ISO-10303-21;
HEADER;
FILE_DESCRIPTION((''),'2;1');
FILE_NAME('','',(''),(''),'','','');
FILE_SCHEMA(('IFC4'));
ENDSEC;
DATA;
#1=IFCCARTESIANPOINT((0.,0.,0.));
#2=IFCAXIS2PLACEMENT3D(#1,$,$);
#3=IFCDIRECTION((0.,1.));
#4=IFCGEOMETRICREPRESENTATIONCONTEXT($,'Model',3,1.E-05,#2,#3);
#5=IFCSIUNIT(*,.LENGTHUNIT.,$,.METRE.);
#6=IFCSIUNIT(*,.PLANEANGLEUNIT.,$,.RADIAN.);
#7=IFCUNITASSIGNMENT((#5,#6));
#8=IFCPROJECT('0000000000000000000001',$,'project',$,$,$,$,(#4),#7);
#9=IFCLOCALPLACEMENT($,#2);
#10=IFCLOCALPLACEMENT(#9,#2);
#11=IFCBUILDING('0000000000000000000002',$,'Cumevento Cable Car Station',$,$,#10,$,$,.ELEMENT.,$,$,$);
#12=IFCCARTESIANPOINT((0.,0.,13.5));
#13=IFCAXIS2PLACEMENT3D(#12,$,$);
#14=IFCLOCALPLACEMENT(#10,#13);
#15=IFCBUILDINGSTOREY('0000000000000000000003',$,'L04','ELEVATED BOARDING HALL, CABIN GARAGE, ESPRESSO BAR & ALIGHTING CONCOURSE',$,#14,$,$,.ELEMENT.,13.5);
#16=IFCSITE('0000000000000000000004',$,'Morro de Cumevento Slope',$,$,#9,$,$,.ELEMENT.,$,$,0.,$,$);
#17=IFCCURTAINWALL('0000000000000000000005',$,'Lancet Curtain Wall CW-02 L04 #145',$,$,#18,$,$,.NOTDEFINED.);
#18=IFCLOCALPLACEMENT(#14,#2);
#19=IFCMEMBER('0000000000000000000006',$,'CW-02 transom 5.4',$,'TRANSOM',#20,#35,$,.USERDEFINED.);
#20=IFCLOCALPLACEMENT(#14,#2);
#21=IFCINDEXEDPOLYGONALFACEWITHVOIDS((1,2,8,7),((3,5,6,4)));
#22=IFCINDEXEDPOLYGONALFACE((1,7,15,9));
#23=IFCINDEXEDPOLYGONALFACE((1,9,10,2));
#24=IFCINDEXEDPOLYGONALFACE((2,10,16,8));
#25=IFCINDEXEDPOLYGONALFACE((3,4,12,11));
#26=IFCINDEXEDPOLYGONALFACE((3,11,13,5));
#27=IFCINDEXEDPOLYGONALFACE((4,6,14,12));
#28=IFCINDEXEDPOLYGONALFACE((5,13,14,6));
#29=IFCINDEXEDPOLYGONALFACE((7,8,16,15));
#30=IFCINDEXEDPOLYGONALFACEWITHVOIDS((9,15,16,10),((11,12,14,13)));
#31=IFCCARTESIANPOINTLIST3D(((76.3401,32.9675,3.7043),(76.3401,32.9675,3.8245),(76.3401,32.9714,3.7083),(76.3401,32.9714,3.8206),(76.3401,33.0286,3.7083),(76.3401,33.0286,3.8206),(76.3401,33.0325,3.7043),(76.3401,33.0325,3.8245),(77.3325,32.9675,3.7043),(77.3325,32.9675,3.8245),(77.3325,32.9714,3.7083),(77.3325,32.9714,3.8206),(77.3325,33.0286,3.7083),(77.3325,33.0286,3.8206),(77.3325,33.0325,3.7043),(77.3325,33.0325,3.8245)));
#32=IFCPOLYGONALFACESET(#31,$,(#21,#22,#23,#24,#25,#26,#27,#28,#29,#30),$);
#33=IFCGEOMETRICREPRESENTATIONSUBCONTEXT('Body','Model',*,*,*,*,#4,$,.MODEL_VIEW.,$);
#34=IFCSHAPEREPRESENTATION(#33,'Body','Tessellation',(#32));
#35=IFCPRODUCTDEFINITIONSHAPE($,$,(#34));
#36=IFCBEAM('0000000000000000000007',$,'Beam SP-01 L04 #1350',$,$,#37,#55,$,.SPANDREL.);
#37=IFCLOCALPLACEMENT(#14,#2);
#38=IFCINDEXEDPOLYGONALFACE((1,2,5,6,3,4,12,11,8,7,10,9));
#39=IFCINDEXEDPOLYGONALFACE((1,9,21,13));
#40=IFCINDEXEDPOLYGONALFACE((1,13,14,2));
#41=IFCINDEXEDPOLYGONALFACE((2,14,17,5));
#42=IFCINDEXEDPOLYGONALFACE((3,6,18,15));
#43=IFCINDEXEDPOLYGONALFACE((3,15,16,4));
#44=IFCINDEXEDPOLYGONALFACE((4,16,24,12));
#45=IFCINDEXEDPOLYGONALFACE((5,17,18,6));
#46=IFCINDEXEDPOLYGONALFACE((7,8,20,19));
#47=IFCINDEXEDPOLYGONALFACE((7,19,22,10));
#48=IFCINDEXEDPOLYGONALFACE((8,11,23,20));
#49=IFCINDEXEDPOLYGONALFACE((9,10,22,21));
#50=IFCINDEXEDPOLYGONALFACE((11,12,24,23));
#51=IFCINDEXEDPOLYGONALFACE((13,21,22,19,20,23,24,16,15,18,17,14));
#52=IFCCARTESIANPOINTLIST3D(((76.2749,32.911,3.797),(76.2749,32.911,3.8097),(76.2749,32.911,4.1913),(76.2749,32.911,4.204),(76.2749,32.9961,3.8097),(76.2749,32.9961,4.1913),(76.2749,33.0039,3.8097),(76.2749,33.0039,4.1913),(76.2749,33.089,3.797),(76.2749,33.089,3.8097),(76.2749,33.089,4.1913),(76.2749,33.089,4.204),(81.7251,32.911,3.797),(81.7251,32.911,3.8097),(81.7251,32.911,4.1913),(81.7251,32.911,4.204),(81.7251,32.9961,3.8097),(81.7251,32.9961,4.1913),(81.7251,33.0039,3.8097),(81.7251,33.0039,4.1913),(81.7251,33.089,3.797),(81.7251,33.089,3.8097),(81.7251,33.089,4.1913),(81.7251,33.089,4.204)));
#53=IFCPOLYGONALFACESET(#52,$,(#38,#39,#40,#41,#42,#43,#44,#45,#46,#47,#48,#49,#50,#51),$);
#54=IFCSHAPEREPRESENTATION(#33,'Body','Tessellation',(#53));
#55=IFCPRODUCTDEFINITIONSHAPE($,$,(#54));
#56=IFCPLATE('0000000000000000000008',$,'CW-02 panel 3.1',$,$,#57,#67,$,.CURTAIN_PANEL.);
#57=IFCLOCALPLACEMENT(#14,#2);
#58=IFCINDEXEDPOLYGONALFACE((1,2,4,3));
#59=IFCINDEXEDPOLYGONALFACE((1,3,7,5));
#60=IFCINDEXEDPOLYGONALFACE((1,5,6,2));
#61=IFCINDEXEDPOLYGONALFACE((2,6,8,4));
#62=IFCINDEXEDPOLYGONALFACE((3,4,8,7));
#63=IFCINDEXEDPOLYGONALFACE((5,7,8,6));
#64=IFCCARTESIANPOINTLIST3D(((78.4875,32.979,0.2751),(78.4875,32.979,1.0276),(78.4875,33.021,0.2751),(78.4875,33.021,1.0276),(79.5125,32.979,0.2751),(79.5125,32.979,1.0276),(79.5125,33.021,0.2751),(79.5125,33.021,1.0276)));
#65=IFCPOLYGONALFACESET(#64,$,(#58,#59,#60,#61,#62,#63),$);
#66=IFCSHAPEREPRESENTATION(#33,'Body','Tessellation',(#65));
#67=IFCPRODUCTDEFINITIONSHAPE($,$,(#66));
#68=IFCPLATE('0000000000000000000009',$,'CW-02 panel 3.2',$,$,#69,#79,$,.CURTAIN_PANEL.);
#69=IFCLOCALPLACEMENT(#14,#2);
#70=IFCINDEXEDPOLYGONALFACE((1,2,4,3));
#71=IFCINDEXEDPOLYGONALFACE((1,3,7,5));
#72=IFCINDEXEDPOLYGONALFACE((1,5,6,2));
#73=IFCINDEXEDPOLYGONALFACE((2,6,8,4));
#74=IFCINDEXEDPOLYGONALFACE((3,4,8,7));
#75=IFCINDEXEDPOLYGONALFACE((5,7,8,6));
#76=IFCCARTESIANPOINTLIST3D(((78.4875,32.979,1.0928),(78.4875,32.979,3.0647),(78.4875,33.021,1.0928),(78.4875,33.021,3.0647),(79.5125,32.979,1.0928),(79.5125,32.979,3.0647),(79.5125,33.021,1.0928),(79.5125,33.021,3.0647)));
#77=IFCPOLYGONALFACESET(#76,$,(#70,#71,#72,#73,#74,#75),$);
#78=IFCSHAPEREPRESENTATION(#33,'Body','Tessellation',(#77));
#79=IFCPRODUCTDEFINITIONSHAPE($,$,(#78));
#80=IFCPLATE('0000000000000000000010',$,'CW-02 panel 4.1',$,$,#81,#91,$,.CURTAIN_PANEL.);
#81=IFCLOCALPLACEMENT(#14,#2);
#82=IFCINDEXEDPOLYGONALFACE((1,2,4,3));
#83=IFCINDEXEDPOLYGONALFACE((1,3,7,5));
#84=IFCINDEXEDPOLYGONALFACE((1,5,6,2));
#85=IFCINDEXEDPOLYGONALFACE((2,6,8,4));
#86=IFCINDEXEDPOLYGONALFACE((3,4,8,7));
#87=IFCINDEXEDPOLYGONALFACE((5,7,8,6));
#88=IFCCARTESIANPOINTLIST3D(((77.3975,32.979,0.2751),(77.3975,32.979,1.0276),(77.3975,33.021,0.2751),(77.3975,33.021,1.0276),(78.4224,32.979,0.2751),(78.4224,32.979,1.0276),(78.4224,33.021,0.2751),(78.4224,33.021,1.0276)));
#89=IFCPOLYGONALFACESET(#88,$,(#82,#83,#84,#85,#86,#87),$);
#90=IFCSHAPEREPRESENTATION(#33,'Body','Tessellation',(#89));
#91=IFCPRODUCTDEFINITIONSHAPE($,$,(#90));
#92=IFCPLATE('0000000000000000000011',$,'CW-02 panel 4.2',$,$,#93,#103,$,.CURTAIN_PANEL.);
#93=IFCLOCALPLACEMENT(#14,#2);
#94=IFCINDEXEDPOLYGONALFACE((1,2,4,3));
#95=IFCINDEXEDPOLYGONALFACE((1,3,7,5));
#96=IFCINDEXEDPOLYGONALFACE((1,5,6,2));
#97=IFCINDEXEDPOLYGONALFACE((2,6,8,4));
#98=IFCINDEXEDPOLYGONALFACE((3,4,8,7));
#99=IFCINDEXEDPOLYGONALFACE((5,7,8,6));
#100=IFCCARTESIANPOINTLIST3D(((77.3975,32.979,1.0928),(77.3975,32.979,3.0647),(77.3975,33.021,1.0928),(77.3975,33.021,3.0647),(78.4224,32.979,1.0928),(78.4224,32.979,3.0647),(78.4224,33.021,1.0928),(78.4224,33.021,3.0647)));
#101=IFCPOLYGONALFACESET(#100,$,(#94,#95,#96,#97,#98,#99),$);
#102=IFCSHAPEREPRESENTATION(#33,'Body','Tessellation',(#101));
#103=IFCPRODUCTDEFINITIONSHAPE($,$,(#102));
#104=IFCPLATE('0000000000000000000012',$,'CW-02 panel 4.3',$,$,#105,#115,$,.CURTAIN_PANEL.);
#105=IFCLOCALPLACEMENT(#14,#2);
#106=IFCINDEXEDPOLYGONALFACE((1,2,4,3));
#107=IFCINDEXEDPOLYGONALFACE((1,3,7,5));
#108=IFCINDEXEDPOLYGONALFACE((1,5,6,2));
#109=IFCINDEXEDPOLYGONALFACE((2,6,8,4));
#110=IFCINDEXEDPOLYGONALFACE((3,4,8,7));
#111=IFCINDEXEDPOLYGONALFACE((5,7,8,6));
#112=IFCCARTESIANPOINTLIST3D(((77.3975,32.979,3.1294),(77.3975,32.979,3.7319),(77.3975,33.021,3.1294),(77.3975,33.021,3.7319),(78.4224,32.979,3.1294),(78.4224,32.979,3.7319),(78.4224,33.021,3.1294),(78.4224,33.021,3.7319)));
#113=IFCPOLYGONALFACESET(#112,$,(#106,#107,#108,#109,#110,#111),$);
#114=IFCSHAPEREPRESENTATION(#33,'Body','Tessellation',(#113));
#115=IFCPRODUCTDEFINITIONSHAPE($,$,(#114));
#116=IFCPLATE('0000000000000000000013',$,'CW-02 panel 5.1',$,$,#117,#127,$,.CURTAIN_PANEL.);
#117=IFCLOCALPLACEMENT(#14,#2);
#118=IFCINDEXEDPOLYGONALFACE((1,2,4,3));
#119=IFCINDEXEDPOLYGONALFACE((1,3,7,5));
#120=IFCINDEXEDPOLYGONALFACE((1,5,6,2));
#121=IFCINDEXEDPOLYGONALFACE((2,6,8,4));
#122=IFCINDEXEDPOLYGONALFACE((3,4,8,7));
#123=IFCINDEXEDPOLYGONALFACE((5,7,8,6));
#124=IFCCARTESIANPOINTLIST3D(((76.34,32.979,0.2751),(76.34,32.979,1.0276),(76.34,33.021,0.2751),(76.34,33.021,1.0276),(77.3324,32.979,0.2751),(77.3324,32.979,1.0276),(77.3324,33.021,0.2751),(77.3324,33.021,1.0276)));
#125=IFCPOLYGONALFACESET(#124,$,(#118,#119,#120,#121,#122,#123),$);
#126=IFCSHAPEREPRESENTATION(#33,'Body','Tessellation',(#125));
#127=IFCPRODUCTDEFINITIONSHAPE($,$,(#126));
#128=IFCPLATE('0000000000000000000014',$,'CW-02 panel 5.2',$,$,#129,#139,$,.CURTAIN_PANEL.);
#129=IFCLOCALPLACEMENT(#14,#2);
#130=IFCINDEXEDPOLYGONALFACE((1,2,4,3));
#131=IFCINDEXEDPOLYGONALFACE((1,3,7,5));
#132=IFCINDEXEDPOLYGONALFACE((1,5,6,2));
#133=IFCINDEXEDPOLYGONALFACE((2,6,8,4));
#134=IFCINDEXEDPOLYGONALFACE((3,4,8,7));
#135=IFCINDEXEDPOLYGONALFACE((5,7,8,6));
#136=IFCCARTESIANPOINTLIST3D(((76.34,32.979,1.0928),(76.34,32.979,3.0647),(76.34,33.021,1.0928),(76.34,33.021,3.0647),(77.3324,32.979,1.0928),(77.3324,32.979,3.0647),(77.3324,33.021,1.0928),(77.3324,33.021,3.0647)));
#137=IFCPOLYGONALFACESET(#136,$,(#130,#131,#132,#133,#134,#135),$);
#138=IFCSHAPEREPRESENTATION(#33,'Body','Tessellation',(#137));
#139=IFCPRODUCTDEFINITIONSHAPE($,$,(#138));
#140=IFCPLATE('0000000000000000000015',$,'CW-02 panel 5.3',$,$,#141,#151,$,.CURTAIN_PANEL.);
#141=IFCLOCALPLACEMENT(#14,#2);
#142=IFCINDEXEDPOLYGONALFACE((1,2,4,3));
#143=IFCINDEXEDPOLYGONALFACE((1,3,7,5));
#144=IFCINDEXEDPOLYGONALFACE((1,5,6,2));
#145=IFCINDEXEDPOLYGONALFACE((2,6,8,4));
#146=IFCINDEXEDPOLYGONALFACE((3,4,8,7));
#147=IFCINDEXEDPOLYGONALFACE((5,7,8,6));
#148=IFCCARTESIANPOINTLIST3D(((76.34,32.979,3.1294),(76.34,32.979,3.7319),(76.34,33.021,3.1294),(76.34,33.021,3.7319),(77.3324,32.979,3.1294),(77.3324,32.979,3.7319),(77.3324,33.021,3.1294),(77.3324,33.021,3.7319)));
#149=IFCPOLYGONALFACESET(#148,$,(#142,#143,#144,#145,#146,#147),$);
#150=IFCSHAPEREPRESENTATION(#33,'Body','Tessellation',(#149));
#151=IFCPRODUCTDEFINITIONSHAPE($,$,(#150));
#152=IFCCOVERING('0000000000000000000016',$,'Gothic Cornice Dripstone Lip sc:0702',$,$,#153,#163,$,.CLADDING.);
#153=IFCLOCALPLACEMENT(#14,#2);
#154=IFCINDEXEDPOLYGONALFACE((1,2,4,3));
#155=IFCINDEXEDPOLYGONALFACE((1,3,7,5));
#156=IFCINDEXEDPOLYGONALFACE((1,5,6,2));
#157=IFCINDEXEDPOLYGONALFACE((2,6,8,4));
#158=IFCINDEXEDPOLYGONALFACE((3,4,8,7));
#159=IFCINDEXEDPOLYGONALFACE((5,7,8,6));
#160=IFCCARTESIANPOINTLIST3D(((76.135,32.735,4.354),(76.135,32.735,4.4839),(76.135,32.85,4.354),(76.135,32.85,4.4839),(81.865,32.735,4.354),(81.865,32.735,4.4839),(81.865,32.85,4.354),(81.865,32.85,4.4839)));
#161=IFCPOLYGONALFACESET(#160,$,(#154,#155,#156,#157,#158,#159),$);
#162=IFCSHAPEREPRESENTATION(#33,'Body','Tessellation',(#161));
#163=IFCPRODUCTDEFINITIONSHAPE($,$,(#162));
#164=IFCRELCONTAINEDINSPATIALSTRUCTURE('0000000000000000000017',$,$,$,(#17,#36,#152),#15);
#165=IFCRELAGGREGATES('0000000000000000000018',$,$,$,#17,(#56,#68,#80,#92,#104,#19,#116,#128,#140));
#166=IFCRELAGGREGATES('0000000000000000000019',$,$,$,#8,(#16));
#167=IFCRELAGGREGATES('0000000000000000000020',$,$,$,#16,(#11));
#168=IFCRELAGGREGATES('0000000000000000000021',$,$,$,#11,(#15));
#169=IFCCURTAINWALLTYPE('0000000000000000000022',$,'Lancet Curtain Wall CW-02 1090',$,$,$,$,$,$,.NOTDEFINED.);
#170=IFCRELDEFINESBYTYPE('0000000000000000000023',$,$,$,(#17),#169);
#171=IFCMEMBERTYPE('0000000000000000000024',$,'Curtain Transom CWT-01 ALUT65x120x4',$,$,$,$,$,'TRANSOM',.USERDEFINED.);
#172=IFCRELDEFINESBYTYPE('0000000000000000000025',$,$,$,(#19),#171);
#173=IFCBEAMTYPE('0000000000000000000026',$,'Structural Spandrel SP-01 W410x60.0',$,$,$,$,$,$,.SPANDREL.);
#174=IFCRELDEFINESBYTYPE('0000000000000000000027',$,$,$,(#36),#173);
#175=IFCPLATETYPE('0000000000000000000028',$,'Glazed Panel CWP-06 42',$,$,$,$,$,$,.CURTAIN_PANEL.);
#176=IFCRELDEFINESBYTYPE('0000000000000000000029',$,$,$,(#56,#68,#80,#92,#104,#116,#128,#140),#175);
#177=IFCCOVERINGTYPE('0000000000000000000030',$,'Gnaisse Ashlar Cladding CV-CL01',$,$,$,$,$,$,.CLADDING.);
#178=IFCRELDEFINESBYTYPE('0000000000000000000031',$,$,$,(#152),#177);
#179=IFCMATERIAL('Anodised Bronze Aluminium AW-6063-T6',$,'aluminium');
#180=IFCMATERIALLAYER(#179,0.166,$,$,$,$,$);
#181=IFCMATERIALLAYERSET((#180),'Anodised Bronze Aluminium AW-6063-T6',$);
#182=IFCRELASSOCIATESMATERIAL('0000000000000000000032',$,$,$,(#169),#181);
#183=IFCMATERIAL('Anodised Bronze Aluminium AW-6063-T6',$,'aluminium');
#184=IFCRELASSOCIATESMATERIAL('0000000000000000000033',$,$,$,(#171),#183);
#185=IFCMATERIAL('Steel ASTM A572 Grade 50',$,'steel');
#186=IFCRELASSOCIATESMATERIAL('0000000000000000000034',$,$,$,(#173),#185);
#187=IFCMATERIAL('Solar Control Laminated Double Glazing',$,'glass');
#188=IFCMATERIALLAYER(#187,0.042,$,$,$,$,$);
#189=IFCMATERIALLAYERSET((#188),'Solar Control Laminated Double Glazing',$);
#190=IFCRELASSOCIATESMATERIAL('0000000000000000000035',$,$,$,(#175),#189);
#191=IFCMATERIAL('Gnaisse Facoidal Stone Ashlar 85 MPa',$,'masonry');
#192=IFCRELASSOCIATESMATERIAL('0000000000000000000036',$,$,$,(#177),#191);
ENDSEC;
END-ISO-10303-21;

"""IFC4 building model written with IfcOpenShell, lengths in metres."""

from ifc_helpers import new_model, si_unit, direction, frame, origin, origin_2d, place, context, subcontext, project, spatial, rectangle, hollow_rectangle, i_section, extrude, material, layer, layer_set, material_profile, profile_set, type_object, element, aggregate, save


model = new_model("IFC4")

# Units and contexts
model_context = context("Model", 3, precision=1e-05, world=origin(), true_north=direction((0.0, 1.0)))
body_context = subcontext(model_context, "Body", "Model", "MODEL_VIEW")
ifc_project = project(units=[si_unit("LENGTHUNIT", "METRE"), si_unit("PLANEANGLEUNIT", "RADIAN")], contexts=[model_context])

# Site, building, storey
site_placement = place(None, origin())
site = spatial("IfcSite", under=ifc_project, at=site_placement, Name="Morro de Cumevento Slope", CompositionType="ELEMENT", RefElevation=0.0)
building_placement = place(site_placement, origin())
building = spatial("IfcBuilding", under=site, at=building_placement, Name="Cumevento Cable Car Station", CompositionType="ELEMENT")
storey_placement = place(building_placement, frame((0.0, 0.0, 13.5)))
storey = spatial("IfcBuildingStorey", under=building, at=storey_placement, Name="L04", Description="ELEVATED BOARDING HALL, CABIN GARAGE, ESPRESSO BAR & ALIGHTING CONCOURSE", CompositionType="ELEMENT", Elevation=13.5)

# Curtain wall, member
ifc_material_1 = material(Name="Anodised Bronze Aluminium AW-6063-T6", Category="aluminium")
ifc_layer_1 = layer(ifc_material_1, 0.166)
ifc_layer_set_1 = layer_set([ifc_layer_1], Name="Anodised Bronze Aluminium AW-6063-T6")
curtain_wall_type = type_object("IfcCurtainWallType", Name="Lancet Curtain Wall CW-02 1090", PredefinedType="NOTDEFINED", material=ifc_layer_set_1)
curtain_wall_placement = place(storey_placement, origin())
curtain_wall = element("IfcCurtainWall", 1, at=curtain_wall_placement, inside=storey, type_object=curtain_wall_type, Name="Lancet Curtain Wall CW-02 L04 #145", PredefinedType="NOTDEFINED")
ifc_material_2 = material(Name="Anodised Bronze Aluminium AW-6063-T6", Category="aluminium")
ifc_material_profile_1 = material_profile(ifc_material_2, hollow_rectangle(XDim=0.0649, YDim=0.1201, WallThickness=0.0039, at=origin_2d()), Name="ALUT65x120x4")
ifc_profile_set_1 = profile_set([ifc_material_profile_1], Name="Anodised Bronze Aluminium AW-6063-T6")
member_type_1 = type_object("IfcMemberType", Name="Curtain Transom CWT-01 ALUT65x120x4", ElementType="TRANSOM", PredefinedType="USERDEFINED", material=ifc_profile_set_1)
member_1_placement = place(storey_placement, frame((77.3325, 33.0, 3.7644), z_axis=(-1.0, 0.0, 0.0), x_axis=(0.0, -1.0, 0.0)))
member_1 = element("IfcMember", 2, at=member_1_placement, type_object=member_type_1, Name="CW-02 transom 5.4", ObjectType="TRANSOM", PredefinedType="USERDEFINED", context=body_context, shape_type="SweptSolid", body=[
    extrude(hollow_rectangle(XDim=0.0649, YDim=0.1201, WallThickness=0.0039, at=origin_2d()), origin(), (0.0, 0.0, 1.0), 0.9924),
])

# Beam
ifc_material_3 = material(Name="Steel ASTM A572 Grade 50", Category="steel")
ifc_material_profile_2 = material_profile(ifc_material_3, i_section(OverallWidth=0.178, OverallDepth=0.407, WebThickness=0.0078, FlangeThickness=0.0127, at=origin_2d()), Name="W410x60.0")
ifc_profile_set_2 = profile_set([ifc_material_profile_2], Name="Steel ASTM A572 Grade 50")
beam_type = type_object("IfcBeamType", Name="Structural Spandrel SP-01 W410x60.0", PredefinedType="SPANDREL", material=ifc_profile_set_2)
beam_placement = place(storey_placement, frame((76.2749, 33.0, 4.0005), z_axis=(1.0, 0.0, 0.0), x_axis=(0.0, 1.0, 0.0)))
element("IfcBeam", 3, at=beam_placement, inside=storey, type_object=beam_type, Name="Beam SP-01 L04 #1350", PredefinedType="SPANDREL", context=body_context, shape_type="SweptSolid", body=[
    extrude(i_section(OverallWidth=0.178, OverallDepth=0.407, WebThickness=0.0078, FlangeThickness=0.0127, at=origin_2d()), origin(), (0.0, 0.0, 1.0), 5.4502),
])

# Plates
ifc_material_4 = material(Name="Solar Control Laminated Double Glazing", Category="glass")
ifc_layer_2 = layer(ifc_material_4, 0.042)
ifc_layer_set_2 = layer_set([ifc_layer_2], Name="Solar Control Laminated Double Glazing")
plate_type = type_object("IfcPlateType", Name="Glazed Panel CWP-06 42", PredefinedType="CURTAIN_PANEL", material=ifc_layer_set_2)
plate_1_placement = place(storey_placement, frame((79.0, 33.0, 0.2751), z_axis=(0.0, 0.0, 1.0), x_axis=(-1.0, 0.0, 0.0)))
plate_1 = element("IfcPlate", 4, at=plate_1_placement, type_object=plate_type, Name="CW-02 panel 3.1", PredefinedType="CURTAIN_PANEL", context=body_context, shape_type="SweptSolid", body=[
    extrude(rectangle(XDim=1.0249, YDim=0.042, at=origin_2d()), origin(), (0.0, 0.0, 1.0), 0.7524),
])
plate_2_placement = place(storey_placement, frame((79.0, 33.0, 1.0928), z_axis=(0.0, 0.0, 1.0), x_axis=(-1.0, 0.0, 0.0)))
plate_2 = element("IfcPlate", 5, at=plate_2_placement, type_object=plate_type, Name="CW-02 panel 3.2", PredefinedType="CURTAIN_PANEL", context=body_context, shape_type="SweptSolid", body=[
    extrude(rectangle(XDim=1.0249, YDim=0.042, at=origin_2d()), origin(), (0.0, 0.0, 1.0), 1.9719),
])
plate_3_placement = place(storey_placement, frame((77.9099, 33.0, 0.2751), z_axis=(0.0, 0.0, 1.0), x_axis=(-1.0, 0.0, 0.0)))
plate_3 = element("IfcPlate", 6, at=plate_3_placement, type_object=plate_type, Name="CW-02 panel 4.1", PredefinedType="CURTAIN_PANEL", context=body_context, shape_type="SweptSolid", body=[
    extrude(rectangle(XDim=1.0249, YDim=0.042, at=origin_2d()), origin(), (0.0, 0.0, 1.0), 0.7524),
])
plate_4_placement = place(storey_placement, frame((77.9099, 33.0, 1.0928), z_axis=(0.0, 0.0, 1.0), x_axis=(-1.0, 0.0, 0.0)))
plate_4 = element("IfcPlate", 7, at=plate_4_placement, type_object=plate_type, Name="CW-02 panel 4.2", PredefinedType="CURTAIN_PANEL", context=body_context, shape_type="SweptSolid", body=[
    extrude(rectangle(XDim=1.0249, YDim=0.042, at=origin_2d()), origin(), (0.0, 0.0, 1.0), 1.9719),
])
plate_5_placement = place(storey_placement, frame((77.9099, 33.0, 3.1294), z_axis=(0.0, 0.0, 1.0), x_axis=(-1.0, 0.0, 0.0)))
plate_5 = element("IfcPlate", 8, at=plate_5_placement, type_object=plate_type, Name="CW-02 panel 4.3", PredefinedType="CURTAIN_PANEL", context=body_context, shape_type="SweptSolid", body=[
    extrude(rectangle(XDim=1.0249, YDim=0.042, at=origin_2d()), origin(), (0.0, 0.0, 1.0), 0.6025),
])
plate_6_placement = place(storey_placement, frame((76.8362, 33.0, 0.2751), z_axis=(0.0, 0.0, 1.0), x_axis=(-1.0, 0.0, 0.0)))
plate_6 = element("IfcPlate", 9, at=plate_6_placement, type_object=plate_type, Name="CW-02 panel 5.1", PredefinedType="CURTAIN_PANEL", context=body_context, shape_type="SweptSolid", body=[
    extrude(rectangle(XDim=0.9924, YDim=0.042, at=origin_2d()), origin(), (0.0, 0.0, 1.0), 0.7524),
])
plate_7_placement = place(storey_placement, frame((76.8362, 33.0, 1.0928), z_axis=(0.0, 0.0, 1.0), x_axis=(-1.0, 0.0, 0.0)))
plate_7 = element("IfcPlate", 10, at=plate_7_placement, type_object=plate_type, Name="CW-02 panel 5.2", PredefinedType="CURTAIN_PANEL", context=body_context, shape_type="SweptSolid", body=[
    extrude(rectangle(XDim=0.9924, YDim=0.042, at=origin_2d()), origin(), (0.0, 0.0, 1.0), 1.9719),
])
plate_8_placement = place(storey_placement, frame((76.8362, 33.0, 3.1294), z_axis=(0.0, 0.0, 1.0), x_axis=(-1.0, 0.0, 0.0)))
plate_8 = element("IfcPlate", 11, at=plate_8_placement, type_object=plate_type, Name="CW-02 panel 5.3", PredefinedType="CURTAIN_PANEL", context=body_context, shape_type="SweptSolid", body=[
    extrude(rectangle(XDim=0.9924, YDim=0.042, at=origin_2d()), origin(), (0.0, 0.0, 1.0), 0.6025),
])
aggregate(curtain_wall, [plate_1, plate_2, plate_3, plate_4, plate_5, member_1, plate_6, plate_7, plate_8])

# Covering
ifc_material_5 = material(Name="Gnaisse Facoidal Stone Ashlar 85 MPa", Category="masonry")
covering_type = type_object("IfcCoveringType", Name="Gnaisse Ashlar Cladding CV-CL01", PredefinedType="CLADDING", material=ifc_material_5)
covering_1_placement = place(storey_placement, frame((79.0, 32.7925, 4.354), z_axis=(0.0, 0.0, 1.0), x_axis=(-1.0, 0.0, 0.0)))
element("IfcCovering", 12, at=covering_1_placement, inside=storey, type_object=covering_type, Name="Gothic Cornice Dripstone Lip sc:0702", PredefinedType="CLADDING", context=body_context, shape_type="SweptSolid", body=[
    extrude(rectangle(XDim=5.73, YDim=0.115, at=origin_2d()), origin(), (0.0, 0.0, 1.0), 0.1299),
])

save(model, "model.ifc")
